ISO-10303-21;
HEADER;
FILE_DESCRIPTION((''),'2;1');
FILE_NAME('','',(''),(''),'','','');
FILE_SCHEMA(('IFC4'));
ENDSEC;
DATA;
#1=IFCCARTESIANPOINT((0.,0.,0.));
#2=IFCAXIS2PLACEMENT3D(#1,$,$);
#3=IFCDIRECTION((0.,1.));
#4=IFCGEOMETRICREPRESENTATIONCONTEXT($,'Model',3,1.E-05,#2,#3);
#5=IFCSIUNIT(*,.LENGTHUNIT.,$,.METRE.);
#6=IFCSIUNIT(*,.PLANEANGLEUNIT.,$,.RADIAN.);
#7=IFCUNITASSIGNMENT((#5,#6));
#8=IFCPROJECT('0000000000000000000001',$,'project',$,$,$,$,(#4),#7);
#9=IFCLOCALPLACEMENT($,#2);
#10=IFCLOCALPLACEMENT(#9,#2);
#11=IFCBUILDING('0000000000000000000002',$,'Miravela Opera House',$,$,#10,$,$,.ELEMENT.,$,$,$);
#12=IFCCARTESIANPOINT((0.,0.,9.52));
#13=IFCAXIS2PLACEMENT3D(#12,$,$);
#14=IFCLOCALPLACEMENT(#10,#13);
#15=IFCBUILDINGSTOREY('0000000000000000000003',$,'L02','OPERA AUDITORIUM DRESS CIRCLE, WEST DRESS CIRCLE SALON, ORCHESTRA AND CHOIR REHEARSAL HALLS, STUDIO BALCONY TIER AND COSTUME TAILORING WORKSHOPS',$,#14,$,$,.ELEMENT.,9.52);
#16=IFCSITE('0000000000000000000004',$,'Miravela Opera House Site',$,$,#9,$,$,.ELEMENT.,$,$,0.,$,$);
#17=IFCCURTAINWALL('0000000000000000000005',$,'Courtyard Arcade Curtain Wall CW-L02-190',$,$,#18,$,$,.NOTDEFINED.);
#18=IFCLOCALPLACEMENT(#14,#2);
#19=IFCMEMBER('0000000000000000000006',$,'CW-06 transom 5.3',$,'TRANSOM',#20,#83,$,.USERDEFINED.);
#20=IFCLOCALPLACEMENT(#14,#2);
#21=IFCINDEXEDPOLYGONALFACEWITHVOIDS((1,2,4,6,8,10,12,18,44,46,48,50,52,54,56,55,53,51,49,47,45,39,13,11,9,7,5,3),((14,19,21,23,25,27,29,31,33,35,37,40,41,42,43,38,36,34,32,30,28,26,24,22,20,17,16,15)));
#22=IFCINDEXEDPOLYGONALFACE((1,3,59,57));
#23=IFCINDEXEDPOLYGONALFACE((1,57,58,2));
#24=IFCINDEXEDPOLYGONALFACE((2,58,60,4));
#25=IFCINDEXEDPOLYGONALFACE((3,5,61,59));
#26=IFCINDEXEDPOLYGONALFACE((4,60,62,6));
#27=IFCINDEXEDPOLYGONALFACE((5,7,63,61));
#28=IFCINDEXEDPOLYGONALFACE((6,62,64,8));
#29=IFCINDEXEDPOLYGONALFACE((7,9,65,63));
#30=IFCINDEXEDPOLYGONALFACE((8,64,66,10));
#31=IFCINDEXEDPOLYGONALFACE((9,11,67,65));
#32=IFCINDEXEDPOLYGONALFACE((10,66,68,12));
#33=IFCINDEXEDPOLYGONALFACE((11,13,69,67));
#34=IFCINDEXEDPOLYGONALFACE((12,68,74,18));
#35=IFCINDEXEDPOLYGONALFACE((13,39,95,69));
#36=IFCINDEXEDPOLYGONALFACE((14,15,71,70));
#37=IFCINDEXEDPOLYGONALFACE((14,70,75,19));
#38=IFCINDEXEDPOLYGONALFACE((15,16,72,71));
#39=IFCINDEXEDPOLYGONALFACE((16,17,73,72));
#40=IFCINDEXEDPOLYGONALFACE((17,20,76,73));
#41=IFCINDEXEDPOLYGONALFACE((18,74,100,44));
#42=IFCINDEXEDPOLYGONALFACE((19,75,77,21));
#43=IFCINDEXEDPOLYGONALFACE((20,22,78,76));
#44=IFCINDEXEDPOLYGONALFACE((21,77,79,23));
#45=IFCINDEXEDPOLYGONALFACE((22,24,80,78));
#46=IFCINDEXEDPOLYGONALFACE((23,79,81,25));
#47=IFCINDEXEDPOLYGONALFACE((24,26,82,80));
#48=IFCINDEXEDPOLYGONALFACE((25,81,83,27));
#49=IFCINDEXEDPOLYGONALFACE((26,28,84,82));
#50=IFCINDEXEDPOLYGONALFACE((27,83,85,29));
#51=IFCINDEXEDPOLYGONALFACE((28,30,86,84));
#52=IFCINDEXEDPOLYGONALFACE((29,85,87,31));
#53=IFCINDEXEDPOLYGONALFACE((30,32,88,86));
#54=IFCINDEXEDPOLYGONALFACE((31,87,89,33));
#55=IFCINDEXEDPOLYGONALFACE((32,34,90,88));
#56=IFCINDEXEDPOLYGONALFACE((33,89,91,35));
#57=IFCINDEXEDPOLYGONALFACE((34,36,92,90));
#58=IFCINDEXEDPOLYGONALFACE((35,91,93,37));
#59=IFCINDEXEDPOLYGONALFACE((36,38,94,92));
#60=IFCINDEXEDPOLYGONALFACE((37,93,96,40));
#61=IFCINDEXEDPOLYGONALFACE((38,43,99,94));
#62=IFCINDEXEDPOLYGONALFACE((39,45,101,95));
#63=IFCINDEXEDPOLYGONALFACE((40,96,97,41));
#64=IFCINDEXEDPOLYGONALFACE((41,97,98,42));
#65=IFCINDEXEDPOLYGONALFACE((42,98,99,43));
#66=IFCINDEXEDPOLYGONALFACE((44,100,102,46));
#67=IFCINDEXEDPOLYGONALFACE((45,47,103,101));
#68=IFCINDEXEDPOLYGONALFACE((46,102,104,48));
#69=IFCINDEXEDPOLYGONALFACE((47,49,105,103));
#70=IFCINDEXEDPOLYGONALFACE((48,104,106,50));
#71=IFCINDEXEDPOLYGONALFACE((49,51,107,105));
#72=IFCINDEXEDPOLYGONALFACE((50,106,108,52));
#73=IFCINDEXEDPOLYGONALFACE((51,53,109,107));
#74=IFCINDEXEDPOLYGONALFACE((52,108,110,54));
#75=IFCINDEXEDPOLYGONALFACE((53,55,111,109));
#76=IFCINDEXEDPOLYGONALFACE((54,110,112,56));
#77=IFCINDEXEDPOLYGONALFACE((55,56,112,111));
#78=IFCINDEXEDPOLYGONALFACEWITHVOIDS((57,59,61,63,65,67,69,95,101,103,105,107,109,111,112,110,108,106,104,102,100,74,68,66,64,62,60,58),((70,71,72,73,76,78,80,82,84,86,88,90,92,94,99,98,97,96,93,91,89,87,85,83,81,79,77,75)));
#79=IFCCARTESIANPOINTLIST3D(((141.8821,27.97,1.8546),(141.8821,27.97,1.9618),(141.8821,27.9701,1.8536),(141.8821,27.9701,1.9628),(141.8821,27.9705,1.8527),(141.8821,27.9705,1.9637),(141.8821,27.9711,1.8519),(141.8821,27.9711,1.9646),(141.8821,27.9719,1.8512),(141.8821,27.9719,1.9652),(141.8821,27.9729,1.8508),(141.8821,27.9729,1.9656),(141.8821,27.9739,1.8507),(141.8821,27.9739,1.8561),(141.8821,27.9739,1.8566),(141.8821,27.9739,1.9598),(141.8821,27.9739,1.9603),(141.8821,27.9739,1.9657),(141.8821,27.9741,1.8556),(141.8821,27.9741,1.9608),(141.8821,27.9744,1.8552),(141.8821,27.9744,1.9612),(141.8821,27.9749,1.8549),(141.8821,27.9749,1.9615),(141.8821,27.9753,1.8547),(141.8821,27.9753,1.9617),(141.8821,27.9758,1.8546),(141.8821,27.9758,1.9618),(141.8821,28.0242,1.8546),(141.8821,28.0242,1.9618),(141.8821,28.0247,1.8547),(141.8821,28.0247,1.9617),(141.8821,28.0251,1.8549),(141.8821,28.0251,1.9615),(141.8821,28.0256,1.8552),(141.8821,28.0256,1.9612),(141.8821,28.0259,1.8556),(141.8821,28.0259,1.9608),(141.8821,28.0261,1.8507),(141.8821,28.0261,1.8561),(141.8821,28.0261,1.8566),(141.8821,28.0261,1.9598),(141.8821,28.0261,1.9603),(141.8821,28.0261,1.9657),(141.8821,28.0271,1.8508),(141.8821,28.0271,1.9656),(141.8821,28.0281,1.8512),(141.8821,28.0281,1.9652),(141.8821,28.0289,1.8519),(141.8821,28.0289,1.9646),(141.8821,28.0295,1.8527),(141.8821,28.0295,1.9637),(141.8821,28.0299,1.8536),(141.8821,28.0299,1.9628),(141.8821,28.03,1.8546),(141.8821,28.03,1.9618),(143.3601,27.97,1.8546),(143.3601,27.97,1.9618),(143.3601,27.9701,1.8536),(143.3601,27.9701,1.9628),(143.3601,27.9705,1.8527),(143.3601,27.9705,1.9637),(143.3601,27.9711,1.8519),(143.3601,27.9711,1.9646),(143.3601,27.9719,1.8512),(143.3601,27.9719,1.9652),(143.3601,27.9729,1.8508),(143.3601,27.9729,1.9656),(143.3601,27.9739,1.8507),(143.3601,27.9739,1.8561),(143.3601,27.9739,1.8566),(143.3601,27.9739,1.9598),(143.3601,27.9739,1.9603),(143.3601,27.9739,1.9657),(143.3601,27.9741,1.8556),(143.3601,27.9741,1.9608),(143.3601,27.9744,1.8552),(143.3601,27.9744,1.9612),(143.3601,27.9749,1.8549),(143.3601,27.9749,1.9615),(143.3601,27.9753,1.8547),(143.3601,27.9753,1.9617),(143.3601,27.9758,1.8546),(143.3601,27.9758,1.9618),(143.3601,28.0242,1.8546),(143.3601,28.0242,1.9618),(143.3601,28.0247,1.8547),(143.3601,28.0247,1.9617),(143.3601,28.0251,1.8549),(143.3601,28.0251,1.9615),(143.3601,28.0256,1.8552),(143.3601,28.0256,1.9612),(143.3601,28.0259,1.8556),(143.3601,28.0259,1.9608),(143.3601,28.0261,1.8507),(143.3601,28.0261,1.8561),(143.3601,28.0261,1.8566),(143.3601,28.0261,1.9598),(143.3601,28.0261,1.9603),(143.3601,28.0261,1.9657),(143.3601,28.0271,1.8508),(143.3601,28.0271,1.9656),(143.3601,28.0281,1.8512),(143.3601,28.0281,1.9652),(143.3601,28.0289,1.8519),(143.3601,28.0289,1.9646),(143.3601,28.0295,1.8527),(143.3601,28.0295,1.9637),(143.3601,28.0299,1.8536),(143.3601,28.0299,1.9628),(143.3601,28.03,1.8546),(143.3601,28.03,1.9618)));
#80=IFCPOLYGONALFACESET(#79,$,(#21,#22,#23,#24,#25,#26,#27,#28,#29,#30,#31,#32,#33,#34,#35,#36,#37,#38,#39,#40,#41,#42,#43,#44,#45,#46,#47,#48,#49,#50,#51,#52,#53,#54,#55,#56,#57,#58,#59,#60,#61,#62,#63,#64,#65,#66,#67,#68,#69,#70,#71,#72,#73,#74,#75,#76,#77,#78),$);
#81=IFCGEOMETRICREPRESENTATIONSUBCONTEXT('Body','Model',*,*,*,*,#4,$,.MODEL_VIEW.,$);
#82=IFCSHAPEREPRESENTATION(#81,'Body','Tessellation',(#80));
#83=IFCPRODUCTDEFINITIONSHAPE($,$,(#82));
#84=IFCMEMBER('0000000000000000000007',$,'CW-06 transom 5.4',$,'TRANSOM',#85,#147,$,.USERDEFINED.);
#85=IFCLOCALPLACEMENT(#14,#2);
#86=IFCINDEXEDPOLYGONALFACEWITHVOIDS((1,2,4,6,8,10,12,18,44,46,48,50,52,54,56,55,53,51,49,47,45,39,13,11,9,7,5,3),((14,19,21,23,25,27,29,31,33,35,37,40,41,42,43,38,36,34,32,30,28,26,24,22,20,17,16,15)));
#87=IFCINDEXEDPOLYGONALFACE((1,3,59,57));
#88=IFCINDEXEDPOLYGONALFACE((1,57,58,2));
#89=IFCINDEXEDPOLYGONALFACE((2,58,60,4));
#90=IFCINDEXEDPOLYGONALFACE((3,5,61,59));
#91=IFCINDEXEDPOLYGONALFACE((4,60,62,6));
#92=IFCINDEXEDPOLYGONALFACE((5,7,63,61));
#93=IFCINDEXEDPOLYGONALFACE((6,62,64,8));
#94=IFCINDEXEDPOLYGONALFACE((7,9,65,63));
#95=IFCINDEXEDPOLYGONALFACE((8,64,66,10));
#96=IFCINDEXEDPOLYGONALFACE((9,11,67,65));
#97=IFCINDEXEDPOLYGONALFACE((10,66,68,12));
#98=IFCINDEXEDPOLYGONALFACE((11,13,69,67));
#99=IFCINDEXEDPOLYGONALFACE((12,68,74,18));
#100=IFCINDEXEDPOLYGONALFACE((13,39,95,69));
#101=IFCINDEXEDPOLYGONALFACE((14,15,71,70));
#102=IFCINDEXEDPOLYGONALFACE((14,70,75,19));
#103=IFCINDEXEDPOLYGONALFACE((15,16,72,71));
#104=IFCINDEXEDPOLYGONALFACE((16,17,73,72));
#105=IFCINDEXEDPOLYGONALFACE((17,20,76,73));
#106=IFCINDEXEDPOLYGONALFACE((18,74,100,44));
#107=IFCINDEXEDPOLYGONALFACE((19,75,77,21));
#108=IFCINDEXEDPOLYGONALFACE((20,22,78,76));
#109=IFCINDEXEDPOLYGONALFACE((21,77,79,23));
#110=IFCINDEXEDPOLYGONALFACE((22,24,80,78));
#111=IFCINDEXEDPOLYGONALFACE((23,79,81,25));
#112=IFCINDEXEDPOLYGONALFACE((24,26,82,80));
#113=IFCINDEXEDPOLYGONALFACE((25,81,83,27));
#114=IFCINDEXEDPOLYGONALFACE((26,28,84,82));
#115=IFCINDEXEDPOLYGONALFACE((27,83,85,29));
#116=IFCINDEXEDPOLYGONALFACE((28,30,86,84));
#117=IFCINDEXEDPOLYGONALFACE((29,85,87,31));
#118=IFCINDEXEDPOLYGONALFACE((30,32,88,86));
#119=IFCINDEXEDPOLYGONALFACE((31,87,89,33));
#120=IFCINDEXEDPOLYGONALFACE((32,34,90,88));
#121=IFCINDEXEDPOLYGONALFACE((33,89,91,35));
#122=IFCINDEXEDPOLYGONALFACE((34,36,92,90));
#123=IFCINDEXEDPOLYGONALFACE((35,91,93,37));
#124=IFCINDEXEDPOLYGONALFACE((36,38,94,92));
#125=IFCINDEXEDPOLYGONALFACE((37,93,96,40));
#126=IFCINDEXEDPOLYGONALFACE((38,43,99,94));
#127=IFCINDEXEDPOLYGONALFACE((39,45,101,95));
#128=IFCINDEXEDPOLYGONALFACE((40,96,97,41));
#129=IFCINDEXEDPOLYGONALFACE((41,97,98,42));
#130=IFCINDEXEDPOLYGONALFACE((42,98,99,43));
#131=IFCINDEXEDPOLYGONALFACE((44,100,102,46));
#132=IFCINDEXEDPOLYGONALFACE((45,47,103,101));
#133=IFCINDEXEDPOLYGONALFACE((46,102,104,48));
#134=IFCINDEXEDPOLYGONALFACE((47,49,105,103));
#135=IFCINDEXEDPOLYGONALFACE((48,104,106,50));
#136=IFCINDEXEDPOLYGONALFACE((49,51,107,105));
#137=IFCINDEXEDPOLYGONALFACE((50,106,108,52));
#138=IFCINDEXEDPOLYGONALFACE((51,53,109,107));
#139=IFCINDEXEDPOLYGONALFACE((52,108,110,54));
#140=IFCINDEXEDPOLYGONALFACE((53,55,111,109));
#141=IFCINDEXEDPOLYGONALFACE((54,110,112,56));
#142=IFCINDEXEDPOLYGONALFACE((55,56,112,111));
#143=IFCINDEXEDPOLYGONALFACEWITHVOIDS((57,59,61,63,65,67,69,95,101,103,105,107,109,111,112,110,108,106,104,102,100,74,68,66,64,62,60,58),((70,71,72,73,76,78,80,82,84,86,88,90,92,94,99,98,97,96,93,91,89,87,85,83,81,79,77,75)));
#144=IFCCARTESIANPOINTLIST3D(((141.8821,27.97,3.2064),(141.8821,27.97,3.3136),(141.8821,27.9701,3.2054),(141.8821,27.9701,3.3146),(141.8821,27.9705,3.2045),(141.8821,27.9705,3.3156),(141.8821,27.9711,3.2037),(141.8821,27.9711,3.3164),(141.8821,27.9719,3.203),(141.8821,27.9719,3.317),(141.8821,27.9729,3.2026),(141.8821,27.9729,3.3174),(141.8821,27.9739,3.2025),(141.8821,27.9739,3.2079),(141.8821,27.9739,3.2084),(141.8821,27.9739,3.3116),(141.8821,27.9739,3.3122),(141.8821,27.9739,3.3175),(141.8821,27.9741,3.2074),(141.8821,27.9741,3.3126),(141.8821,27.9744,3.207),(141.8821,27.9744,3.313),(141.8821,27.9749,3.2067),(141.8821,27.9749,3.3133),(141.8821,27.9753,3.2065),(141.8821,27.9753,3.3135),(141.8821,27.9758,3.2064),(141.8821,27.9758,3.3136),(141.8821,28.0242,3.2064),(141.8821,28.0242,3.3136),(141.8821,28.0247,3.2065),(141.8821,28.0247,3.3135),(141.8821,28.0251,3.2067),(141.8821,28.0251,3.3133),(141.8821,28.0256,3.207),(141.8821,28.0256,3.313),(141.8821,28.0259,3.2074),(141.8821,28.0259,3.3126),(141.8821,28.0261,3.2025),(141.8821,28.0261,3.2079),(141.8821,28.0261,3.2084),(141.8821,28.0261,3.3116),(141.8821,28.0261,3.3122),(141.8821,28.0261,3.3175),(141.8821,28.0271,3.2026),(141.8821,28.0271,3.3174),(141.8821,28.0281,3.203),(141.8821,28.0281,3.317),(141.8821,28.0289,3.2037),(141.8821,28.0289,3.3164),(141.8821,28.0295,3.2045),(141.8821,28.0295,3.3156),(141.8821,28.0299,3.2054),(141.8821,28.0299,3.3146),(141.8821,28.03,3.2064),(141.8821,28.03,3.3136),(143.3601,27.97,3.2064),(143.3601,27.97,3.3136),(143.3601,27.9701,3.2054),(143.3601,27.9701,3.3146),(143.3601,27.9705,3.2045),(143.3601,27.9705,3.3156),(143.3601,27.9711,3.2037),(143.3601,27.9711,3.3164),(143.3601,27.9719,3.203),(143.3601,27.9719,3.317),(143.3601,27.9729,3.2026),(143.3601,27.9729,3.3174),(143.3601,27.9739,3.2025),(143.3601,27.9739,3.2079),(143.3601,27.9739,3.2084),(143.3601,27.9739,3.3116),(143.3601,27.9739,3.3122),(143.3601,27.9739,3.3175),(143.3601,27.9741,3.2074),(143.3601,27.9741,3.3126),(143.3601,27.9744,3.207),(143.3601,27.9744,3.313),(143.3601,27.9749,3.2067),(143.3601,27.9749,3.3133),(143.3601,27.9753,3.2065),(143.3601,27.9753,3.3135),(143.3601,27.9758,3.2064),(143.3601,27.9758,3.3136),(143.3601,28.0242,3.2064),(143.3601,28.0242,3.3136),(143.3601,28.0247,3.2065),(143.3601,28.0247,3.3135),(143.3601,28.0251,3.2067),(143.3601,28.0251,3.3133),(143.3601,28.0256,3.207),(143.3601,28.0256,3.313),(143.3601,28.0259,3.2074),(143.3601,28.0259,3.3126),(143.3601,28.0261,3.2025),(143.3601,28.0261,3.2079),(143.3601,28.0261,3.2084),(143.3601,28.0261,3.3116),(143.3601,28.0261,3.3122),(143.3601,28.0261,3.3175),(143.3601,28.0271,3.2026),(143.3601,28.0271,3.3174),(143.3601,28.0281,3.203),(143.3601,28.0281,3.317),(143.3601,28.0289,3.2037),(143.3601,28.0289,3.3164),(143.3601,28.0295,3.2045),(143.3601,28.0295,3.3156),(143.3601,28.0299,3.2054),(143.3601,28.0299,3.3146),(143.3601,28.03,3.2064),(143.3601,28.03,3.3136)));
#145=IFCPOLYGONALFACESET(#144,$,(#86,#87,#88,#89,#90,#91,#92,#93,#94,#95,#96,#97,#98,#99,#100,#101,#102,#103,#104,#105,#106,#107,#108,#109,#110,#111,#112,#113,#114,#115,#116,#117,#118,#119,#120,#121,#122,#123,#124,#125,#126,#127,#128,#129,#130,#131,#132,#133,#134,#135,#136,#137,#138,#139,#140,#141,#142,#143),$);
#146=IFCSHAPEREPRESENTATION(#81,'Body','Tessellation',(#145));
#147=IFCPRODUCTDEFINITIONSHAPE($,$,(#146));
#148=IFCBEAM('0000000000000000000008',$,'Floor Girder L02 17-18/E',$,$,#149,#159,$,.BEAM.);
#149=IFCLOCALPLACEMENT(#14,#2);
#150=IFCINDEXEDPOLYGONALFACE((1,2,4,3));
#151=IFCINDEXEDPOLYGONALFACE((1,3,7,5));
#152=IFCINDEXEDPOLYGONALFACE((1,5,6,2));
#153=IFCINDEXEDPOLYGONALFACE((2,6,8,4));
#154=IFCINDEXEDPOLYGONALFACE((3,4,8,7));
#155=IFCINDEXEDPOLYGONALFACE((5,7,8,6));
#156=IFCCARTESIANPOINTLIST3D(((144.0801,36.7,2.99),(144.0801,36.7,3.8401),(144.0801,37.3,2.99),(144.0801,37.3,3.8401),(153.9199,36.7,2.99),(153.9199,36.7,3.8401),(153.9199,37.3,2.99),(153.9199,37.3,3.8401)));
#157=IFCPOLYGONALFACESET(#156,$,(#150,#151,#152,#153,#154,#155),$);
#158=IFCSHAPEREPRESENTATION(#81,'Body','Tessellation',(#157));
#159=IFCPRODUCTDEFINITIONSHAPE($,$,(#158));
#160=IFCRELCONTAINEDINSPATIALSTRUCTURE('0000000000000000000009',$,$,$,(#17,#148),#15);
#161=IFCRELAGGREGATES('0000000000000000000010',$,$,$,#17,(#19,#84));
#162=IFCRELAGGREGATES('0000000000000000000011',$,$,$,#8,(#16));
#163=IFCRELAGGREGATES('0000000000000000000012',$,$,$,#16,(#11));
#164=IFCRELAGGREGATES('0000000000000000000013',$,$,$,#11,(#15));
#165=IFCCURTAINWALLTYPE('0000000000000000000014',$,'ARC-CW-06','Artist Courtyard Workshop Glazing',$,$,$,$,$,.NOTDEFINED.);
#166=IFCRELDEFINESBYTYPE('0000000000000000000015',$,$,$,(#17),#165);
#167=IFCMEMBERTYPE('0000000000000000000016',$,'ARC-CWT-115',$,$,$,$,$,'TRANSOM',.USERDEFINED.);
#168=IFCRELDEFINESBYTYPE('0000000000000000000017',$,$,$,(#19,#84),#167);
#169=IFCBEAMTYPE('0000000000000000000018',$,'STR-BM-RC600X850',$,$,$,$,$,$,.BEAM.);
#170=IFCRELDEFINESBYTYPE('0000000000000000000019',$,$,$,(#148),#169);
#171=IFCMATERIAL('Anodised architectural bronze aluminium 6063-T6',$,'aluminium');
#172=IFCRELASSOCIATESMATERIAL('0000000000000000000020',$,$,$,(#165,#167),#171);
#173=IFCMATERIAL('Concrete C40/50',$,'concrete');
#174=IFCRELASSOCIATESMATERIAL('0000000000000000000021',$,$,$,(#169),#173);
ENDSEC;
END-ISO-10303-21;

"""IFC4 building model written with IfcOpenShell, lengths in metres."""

from ifc_helpers import new_model, si_unit, direction, frame, origin, origin_2d, place, context, subcontext, project, spatial, rectangle, hollow_rectangle, extrude, material, material_profile, profile_set, type_object, element, aggregate, save


model = new_model("IFC4")

# Units and contexts
model_context = context("Model", 3, precision=1e-05, world=origin(), true_north=direction((0.0, 1.0)))
body_context = subcontext(model_context, "Body", "Model", "MODEL_VIEW")
ifc_project = project(units=[si_unit("LENGTHUNIT", "METRE"), si_unit("PLANEANGLEUNIT", "RADIAN")], contexts=[model_context])

# Site, building, storey
site_placement = place(None, origin())
site = spatial("IfcSite", under=ifc_project, at=site_placement, Name="Miravela Opera House Site", CompositionType="ELEMENT", RefElevation=0.0)
building_placement = place(site_placement, origin())
building = spatial("IfcBuilding", under=site, at=building_placement, Name="Miravela Opera House", CompositionType="ELEMENT")
storey_placement = place(building_placement, frame((0.0, 0.0, 9.52)))
storey = spatial("IfcBuildingStorey", under=building, at=storey_placement, Name="L02", Description="OPERA AUDITORIUM DRESS CIRCLE, WEST DRESS CIRCLE SALON, ORCHESTRA AND CHOIR REHEARSAL HALLS, STUDIO BALCONY TIER AND COSTUME TAILORING WORKSHOPS", CompositionType="ELEMENT", Elevation=9.52)

# Curtain wall, members
ifc_material_1 = material(Name="Anodised architectural bronze aluminium 6063-T6", Category="aluminium")
curtain_wall_type = type_object("IfcCurtainWallType", Name="ARC-CW-06", Description="Artist Courtyard Workshop Glazing", PredefinedType="NOTDEFINED", material=ifc_material_1)
curtain_wall_placement = place(storey_placement, origin())
curtain_wall = element("IfcCurtainWall", 1, at=curtain_wall_placement, inside=storey, type_object=curtain_wall_type, Name="Courtyard Arcade Curtain Wall CW-L02-190", PredefinedType="NOTDEFINED")
ifc_material_profile_1 = material_profile(ifc_material_1, hollow_rectangle(XDim=0.0601, YDim=0.115, WallThickness=0.0039, InnerFilletRadius=0.002, OuterFilletRadius=0.0039, at=origin_2d()), Name="CWT-60X115")
ifc_profile_set_1 = profile_set([ifc_material_profile_1])
member_type_1 = type_object("IfcMemberType", Name="ARC-CWT-115", ElementType="TRANSOM", PredefinedType="USERDEFINED", material=ifc_profile_set_1)
member_1_placement = place(storey_placement, frame((141.8821, 28.0, 1.9082), z_axis=(1.0, 0.0, 0.0), x_axis=(0.0, 1.0, 0.0)))
member_1 = element("IfcMember", 2, at=member_1_placement, type_object=member_type_1, Name="CW-06 transom 5.3", ObjectType="TRANSOM", PredefinedType="USERDEFINED", context=body_context, shape_type="SweptSolid", body=[
    extrude(hollow_rectangle(XDim=0.0601, YDim=0.115, WallThickness=0.0039, InnerFilletRadius=0.002, OuterFilletRadius=0.0039, at=origin_2d()), origin(), (0.0, 0.0, 1.0), 1.478),
])
member_2_placement = place(storey_placement, frame((141.8821, 28.0, 3.26), z_axis=(1.0, 0.0, 0.0), x_axis=(0.0, 1.0, 0.0)))
member_2 = element("IfcMember", 3, at=member_2_placement, type_object=member_type_1, Name="CW-06 transom 5.4", ObjectType="TRANSOM", PredefinedType="USERDEFINED", context=body_context, shape_type="SweptSolid", body=[
    extrude(hollow_rectangle(XDim=0.0601, YDim=0.115, WallThickness=0.0039, InnerFilletRadius=0.002, OuterFilletRadius=0.0039, at=origin_2d()), origin(), (0.0, 0.0, 1.0), 1.478),
])

# Beam
ifc_material_2 = material(Name="Concrete C40/50", Category="concrete")
ifc_material_profile_2 = material_profile(ifc_material_2, rectangle(XDim=0.6001, YDim=0.8501, at=origin_2d()), Name="RC-BM-600X850")
ifc_profile_set_2 = profile_set([ifc_material_profile_2])
beam_type_1 = type_object("IfcBeamType", Name="STR-BM-RC600X850", PredefinedType="BEAM", material=ifc_profile_set_2)
beam_1_placement = place(storey_placement, frame((144.0801, 37.0, 3.415), z_axis=(1.0, 0.0, 0.0), x_axis=(0.0, 1.0, 0.0)))
element("IfcBeam", 4, at=beam_1_placement, inside=storey, type_object=beam_type_1, Name="Floor Girder L02 17-18/E", PredefinedType="BEAM", context=body_context, shape_type="SweptSolid", body=[
    extrude(rectangle(XDim=0.6001, YDim=0.8501, at=origin_2d()), origin(), (0.0, 0.0, 1.0), 9.8398),
])

aggregate(curtain_wall, [member_1, member_2])

save(model, "model.ifc")
